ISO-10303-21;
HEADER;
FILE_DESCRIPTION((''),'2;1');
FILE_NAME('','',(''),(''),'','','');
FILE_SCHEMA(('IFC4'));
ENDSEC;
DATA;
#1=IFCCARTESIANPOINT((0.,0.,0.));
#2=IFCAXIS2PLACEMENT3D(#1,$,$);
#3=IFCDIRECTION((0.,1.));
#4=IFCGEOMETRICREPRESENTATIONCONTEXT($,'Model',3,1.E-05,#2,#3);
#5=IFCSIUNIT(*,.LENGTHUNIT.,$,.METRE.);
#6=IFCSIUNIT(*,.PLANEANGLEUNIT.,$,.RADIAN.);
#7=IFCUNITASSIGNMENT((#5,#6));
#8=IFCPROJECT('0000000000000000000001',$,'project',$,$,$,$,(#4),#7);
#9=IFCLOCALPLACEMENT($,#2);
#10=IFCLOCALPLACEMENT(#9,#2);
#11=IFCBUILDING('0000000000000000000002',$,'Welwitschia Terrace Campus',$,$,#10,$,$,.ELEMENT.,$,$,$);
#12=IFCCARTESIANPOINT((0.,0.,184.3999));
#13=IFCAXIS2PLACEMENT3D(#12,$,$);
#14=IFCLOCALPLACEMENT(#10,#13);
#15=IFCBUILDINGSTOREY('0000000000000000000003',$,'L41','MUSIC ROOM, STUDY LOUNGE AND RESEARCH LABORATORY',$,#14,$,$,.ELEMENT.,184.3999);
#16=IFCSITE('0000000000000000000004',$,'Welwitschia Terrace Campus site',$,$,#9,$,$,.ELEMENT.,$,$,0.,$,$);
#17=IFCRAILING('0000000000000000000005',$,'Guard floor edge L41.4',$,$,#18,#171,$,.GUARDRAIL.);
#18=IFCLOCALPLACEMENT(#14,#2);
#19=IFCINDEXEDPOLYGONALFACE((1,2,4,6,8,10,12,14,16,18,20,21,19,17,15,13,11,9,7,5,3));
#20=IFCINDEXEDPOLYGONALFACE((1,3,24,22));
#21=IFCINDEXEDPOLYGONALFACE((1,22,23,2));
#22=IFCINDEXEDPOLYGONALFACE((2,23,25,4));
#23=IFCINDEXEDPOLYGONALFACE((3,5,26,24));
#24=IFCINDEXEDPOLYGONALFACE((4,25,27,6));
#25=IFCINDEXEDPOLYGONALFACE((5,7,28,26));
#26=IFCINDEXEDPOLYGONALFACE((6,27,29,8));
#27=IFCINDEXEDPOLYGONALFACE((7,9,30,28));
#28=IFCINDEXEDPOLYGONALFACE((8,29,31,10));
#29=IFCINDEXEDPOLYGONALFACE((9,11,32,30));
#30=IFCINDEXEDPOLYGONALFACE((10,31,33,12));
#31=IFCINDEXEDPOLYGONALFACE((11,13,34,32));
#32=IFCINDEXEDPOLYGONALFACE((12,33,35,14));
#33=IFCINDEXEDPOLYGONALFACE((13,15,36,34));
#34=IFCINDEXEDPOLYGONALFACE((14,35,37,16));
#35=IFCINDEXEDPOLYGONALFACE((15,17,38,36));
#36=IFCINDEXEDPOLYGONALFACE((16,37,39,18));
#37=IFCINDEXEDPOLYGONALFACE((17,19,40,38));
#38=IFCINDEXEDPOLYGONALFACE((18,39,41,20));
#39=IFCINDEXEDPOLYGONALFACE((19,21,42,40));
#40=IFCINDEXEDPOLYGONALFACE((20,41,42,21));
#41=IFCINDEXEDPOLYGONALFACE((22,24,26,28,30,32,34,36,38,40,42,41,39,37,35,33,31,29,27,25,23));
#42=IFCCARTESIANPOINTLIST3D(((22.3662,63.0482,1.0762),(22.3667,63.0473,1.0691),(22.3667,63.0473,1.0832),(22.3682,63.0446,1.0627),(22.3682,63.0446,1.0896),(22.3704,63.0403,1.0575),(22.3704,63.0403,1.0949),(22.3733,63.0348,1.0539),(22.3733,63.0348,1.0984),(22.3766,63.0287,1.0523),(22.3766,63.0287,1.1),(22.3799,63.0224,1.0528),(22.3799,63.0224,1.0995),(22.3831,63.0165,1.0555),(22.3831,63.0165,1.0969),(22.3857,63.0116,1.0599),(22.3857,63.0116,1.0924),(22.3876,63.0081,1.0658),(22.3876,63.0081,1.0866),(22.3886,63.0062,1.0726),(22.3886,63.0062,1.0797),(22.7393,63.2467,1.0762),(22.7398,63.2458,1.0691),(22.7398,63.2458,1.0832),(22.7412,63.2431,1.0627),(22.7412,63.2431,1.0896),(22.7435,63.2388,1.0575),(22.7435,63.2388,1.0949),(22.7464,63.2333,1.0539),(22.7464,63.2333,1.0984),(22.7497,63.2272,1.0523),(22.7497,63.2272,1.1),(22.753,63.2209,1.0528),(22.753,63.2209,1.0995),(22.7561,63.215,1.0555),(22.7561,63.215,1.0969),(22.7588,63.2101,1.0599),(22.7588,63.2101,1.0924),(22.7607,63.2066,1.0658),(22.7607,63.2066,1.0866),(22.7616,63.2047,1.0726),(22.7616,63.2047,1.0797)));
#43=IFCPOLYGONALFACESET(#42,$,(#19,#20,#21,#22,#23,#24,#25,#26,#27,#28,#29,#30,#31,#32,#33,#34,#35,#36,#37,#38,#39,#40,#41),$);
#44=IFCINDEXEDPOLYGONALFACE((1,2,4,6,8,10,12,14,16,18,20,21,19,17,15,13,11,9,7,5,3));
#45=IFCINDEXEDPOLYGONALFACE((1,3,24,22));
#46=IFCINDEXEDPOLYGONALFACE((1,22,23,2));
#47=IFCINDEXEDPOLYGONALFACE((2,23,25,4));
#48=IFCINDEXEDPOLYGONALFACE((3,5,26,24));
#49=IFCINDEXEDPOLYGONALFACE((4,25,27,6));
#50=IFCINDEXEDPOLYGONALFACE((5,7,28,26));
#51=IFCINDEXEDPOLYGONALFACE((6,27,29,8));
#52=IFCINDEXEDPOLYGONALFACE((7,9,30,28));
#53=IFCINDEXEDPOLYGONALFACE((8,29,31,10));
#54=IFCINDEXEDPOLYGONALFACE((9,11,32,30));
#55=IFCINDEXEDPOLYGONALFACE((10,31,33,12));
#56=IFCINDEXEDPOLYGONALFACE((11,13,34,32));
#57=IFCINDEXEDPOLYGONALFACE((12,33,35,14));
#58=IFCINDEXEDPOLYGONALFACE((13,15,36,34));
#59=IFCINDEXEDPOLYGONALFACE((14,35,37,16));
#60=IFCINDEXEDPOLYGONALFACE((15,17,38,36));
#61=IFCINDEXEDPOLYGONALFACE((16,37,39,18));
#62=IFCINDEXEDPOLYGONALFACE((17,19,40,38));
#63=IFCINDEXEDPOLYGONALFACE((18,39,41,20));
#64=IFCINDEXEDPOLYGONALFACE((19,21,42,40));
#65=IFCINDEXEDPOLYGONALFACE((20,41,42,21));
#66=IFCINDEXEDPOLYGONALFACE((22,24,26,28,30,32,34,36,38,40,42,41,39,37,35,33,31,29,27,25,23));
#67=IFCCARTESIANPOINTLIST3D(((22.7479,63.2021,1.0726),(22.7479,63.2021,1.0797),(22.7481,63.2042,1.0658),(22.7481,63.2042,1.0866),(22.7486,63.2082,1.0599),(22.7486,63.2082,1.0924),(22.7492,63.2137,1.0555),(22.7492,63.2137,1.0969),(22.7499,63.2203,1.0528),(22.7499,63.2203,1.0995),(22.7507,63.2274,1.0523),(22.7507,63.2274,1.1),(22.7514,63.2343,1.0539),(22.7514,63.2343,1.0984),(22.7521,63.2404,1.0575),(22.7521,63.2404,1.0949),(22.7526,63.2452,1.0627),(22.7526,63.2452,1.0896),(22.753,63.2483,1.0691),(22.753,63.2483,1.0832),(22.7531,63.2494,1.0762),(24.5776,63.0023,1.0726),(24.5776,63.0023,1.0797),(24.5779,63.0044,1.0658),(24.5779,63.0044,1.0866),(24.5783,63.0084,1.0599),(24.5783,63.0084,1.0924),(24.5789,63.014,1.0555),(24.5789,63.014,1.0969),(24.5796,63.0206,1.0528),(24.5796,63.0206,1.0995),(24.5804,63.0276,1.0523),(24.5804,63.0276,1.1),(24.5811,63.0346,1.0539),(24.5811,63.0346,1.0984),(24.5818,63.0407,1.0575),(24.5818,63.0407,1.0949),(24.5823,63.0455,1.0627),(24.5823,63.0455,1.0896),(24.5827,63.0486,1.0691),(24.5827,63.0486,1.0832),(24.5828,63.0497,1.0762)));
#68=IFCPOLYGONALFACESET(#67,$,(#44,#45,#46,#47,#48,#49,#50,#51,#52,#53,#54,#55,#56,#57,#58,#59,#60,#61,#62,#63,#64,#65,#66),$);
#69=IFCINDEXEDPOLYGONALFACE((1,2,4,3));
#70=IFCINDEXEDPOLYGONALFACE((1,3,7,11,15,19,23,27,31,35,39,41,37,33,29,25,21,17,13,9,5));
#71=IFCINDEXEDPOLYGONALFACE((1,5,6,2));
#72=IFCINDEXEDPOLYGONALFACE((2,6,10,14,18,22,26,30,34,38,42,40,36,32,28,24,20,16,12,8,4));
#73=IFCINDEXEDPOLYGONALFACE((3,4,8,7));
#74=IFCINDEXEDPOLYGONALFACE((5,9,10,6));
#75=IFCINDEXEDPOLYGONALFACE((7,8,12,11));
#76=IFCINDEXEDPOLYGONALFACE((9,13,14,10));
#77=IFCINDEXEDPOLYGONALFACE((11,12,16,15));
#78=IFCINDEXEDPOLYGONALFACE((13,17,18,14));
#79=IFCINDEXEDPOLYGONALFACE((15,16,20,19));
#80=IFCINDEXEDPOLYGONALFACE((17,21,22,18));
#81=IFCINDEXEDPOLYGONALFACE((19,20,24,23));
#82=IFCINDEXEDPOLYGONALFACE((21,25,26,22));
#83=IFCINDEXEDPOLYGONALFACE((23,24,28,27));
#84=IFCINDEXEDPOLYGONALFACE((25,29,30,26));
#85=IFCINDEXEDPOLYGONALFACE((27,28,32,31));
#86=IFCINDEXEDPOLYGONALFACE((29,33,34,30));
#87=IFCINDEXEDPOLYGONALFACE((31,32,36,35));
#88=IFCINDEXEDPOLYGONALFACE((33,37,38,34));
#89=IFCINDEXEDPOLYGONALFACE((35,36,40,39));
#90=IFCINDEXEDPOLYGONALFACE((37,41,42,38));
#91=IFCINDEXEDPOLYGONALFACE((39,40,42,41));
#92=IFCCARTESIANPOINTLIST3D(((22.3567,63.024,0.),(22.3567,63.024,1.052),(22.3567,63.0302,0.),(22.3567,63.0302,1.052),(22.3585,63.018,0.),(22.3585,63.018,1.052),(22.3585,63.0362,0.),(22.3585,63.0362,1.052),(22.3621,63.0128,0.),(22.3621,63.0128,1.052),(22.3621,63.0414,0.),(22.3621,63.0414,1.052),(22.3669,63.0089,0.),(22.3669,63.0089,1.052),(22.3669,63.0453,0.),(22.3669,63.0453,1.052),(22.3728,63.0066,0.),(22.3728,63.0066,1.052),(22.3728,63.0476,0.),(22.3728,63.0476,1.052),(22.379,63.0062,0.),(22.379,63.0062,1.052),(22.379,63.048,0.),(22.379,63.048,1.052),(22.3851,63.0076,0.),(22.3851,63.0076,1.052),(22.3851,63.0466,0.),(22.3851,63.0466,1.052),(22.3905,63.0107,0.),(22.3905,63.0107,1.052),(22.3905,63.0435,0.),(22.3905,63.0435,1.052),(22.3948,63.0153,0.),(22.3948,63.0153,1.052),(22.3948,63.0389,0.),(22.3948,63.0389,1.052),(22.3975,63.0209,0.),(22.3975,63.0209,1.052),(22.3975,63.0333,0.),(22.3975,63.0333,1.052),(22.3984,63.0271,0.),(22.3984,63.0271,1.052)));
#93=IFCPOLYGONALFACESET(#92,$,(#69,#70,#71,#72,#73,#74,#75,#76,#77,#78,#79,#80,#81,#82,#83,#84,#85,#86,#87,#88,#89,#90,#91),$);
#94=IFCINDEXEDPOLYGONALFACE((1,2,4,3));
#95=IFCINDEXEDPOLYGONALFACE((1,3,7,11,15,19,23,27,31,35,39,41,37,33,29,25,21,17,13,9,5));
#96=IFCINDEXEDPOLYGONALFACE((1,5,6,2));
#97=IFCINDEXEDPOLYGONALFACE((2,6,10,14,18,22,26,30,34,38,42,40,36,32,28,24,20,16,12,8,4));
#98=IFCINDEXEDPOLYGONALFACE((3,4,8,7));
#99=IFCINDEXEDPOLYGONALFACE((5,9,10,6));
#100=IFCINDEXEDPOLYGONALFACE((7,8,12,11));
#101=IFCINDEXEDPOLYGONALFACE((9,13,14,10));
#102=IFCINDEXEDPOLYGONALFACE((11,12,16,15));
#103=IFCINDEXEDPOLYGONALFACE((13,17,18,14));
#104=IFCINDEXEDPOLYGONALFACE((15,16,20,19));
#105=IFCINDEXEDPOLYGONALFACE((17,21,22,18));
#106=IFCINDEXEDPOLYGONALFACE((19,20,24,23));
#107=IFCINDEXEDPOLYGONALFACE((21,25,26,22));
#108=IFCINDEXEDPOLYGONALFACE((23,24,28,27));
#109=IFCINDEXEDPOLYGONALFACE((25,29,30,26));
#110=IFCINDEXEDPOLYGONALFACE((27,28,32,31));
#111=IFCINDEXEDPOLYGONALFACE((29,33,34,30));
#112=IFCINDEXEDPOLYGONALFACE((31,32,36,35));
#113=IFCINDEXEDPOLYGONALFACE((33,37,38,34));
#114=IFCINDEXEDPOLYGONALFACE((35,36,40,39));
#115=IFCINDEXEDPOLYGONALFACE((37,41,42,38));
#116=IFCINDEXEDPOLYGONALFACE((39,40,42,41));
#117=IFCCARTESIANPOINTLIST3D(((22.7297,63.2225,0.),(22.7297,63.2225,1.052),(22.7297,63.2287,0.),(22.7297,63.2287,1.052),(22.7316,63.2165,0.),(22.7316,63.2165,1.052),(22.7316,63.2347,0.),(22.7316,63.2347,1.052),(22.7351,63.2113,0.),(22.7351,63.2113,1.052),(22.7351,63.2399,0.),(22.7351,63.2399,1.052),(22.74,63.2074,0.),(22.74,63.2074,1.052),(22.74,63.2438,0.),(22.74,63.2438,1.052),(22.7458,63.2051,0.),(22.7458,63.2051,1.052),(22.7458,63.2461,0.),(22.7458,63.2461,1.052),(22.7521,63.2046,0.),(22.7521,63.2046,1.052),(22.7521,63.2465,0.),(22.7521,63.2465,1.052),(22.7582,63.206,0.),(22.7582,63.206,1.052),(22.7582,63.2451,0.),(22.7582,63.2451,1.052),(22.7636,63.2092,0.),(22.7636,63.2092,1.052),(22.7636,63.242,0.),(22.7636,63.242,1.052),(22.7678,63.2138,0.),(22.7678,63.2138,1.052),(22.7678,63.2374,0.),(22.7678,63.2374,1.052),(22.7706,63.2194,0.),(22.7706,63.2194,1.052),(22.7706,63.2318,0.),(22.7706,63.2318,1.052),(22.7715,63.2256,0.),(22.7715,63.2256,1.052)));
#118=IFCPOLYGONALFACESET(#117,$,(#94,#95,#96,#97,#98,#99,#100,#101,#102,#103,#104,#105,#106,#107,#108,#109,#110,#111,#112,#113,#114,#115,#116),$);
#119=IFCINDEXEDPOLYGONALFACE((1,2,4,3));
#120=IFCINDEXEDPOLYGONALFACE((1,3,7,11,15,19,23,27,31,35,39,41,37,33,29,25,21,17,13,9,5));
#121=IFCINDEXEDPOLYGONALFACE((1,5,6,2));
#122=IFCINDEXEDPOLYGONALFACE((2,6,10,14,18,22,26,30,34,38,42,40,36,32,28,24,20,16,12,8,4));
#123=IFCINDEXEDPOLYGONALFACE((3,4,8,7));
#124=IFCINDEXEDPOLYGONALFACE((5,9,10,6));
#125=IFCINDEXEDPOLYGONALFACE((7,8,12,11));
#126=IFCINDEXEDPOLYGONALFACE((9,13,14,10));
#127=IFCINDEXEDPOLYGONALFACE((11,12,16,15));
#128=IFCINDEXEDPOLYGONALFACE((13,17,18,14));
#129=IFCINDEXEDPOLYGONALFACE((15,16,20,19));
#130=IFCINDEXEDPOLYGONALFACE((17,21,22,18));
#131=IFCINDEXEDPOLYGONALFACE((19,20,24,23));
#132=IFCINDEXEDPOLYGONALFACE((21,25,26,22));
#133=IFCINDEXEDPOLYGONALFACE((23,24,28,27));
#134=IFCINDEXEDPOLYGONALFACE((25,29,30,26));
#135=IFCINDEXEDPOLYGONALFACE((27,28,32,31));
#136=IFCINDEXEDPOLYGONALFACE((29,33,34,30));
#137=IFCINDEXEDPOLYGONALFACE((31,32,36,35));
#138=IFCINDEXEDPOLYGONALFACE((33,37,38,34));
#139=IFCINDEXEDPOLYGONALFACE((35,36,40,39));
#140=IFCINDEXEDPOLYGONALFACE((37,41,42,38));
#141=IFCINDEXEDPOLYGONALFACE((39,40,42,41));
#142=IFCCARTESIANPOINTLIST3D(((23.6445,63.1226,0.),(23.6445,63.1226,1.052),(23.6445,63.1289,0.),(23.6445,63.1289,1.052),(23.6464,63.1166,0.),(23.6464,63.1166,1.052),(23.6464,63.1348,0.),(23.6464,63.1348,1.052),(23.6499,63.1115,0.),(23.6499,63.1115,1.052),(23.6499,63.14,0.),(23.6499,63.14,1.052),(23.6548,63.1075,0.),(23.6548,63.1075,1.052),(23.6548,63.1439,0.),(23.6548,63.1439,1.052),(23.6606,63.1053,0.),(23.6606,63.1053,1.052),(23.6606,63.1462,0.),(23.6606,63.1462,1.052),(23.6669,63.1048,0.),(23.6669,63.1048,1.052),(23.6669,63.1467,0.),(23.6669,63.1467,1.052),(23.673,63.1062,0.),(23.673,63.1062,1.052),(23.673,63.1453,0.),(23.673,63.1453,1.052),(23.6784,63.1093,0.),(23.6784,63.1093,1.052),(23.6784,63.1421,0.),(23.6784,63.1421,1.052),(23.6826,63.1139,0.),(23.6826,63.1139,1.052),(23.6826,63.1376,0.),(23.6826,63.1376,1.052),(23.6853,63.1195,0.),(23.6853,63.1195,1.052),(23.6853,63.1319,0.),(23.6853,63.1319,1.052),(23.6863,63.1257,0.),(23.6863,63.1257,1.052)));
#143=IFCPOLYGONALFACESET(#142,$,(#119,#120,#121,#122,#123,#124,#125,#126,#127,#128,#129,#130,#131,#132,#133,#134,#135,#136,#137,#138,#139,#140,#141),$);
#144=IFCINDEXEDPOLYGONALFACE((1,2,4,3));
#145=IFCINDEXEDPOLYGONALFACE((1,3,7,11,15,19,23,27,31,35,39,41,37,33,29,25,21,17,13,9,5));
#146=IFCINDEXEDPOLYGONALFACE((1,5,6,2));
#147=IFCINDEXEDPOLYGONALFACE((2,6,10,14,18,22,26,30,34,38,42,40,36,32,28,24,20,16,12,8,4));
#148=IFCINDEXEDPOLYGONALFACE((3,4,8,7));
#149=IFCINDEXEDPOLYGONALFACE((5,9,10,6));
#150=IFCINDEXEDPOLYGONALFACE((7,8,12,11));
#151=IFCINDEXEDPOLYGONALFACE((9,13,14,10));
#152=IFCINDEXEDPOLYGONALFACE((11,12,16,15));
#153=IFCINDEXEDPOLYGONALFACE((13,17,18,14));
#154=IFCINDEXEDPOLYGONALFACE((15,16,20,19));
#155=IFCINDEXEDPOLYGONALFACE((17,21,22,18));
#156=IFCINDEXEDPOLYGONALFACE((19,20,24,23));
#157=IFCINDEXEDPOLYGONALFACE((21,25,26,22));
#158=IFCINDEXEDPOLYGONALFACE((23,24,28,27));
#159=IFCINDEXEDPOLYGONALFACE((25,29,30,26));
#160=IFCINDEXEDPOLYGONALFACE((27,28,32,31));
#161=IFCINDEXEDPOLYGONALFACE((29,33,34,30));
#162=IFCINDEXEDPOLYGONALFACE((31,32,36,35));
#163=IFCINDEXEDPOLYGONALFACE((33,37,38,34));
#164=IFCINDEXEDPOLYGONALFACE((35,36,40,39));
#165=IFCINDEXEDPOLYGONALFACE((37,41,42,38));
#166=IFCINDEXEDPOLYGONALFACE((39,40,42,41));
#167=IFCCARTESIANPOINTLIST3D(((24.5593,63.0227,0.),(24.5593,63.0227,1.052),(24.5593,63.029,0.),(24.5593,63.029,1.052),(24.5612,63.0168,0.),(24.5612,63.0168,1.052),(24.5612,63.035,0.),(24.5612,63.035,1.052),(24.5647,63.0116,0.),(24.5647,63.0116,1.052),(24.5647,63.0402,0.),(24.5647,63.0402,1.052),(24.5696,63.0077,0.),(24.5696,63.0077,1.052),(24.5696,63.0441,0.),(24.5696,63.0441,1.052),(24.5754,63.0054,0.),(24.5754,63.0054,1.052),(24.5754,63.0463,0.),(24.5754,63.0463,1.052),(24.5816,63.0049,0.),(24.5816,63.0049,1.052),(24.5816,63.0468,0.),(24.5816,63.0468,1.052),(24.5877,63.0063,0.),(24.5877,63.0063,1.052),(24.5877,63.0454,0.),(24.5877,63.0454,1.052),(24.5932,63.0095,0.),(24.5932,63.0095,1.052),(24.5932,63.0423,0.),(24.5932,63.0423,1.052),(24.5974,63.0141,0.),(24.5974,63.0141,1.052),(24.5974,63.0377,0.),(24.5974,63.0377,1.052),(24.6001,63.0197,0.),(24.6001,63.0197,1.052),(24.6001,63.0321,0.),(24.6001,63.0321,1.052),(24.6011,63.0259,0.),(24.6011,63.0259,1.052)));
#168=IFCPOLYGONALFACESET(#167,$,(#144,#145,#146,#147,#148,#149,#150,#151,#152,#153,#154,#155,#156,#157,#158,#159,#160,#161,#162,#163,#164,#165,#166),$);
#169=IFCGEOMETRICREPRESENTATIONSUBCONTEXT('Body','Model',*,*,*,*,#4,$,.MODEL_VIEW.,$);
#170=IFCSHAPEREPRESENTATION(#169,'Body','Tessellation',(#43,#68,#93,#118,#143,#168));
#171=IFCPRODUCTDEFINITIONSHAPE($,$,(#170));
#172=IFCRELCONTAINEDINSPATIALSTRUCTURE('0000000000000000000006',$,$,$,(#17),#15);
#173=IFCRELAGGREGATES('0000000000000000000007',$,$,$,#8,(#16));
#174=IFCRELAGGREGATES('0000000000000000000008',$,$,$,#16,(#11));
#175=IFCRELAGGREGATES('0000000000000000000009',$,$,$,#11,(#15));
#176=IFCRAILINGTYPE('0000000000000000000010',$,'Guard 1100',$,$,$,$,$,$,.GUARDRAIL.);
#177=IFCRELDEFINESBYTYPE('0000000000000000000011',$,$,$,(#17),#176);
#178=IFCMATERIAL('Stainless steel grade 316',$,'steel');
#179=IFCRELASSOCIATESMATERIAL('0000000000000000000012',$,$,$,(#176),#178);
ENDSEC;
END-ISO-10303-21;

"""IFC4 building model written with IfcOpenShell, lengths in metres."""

from ifc_helpers import new_model, si_unit, direction, frame, origin, origin_2d, place, context, subcontext, project, spatial, circle, extrude, material, type_object, element, save


model = new_model("IFC4")

# Units and contexts
model_context = context("Model", 3, precision=1e-05, world=origin(), true_north=direction((0.0, 1.0)))
body_context = subcontext(model_context, "Body", "Model", "MODEL_VIEW")
ifc_project = project(units=[si_unit("LENGTHUNIT", "METRE"), si_unit("PLANEANGLEUNIT", "RADIAN")], contexts=[model_context])

# Site, building, storey
site_placement = place(None, origin())
site = spatial("IfcSite", under=ifc_project, at=site_placement, Name="Welwitschia Terrace Campus site", CompositionType="ELEMENT", RefElevation=0.0)
building_placement = place(site_placement, origin())
building = spatial("IfcBuilding", under=site, at=building_placement, Name="Welwitschia Terrace Campus", CompositionType="ELEMENT")
storey_placement = place(building_placement, frame((0.0, 0.0, 184.3999)))
storey = spatial("IfcBuildingStorey", under=building, at=storey_placement, Name="L41", Description="MUSIC ROOM, STUDY LOUNGE AND RESEARCH LABORATORY", CompositionType="ELEMENT", Elevation=184.3999)

# Railing
ifc_material_1 = material(Name="Stainless steel grade 316", Category="steel")
railing_type = type_object("IfcRailingType", Name="Guard 1100", PredefinedType="GUARDRAIL", material=ifc_material_1)
railing_1_placement = place(storey_placement, frame((22.3774, 63.0271, 0.0)))
element("IfcRailing", 1, at=railing_1_placement, inside=storey, type_object=railing_type, Name="Guard floor edge L41.4", PredefinedType="GUARDRAIL", context=body_context, shape_type="SweptSolid", body=[
    extrude(circle(Radius=0.0239, at=origin_2d()), frame((0.0, 0.0, 1.0762), z_axis=(0.882816, 0.469718, 0.0), x_axis=(-0.469718, 0.882816, 0.0)), (0.0, 0.0, 1.0), 0.4226),
    extrude(circle(Radius=0.0239, at=origin_2d()), frame((0.373, 0.1985, 1.0762), z_axis=(0.994095, -0.108509, 0.0), x_axis=(0.108509, 0.994095, 0.0)), (0.0, 0.0, 1.0), 1.8406),
    extrude(circle(Radius=0.021, at=origin_2d()), origin(), (0.0, 0.0, 1.0), 1.052),
    extrude(circle(Radius=0.021, at=origin_2d()), frame((0.373, 0.1985, 0.0)), (0.0, 0.0, 1.0), 1.052),
    extrude(circle(Radius=0.021, at=origin_2d()), frame((1.2878, 0.0986, 0.0)), (0.0, 0.0, 1.0), 1.052),
    extrude(circle(Radius=0.021, at=origin_2d()), frame((2.2026, -0.0012, 0.0)), (0.0, 0.0, 1.0), 1.052),
])

save(model, "model.ifc")
